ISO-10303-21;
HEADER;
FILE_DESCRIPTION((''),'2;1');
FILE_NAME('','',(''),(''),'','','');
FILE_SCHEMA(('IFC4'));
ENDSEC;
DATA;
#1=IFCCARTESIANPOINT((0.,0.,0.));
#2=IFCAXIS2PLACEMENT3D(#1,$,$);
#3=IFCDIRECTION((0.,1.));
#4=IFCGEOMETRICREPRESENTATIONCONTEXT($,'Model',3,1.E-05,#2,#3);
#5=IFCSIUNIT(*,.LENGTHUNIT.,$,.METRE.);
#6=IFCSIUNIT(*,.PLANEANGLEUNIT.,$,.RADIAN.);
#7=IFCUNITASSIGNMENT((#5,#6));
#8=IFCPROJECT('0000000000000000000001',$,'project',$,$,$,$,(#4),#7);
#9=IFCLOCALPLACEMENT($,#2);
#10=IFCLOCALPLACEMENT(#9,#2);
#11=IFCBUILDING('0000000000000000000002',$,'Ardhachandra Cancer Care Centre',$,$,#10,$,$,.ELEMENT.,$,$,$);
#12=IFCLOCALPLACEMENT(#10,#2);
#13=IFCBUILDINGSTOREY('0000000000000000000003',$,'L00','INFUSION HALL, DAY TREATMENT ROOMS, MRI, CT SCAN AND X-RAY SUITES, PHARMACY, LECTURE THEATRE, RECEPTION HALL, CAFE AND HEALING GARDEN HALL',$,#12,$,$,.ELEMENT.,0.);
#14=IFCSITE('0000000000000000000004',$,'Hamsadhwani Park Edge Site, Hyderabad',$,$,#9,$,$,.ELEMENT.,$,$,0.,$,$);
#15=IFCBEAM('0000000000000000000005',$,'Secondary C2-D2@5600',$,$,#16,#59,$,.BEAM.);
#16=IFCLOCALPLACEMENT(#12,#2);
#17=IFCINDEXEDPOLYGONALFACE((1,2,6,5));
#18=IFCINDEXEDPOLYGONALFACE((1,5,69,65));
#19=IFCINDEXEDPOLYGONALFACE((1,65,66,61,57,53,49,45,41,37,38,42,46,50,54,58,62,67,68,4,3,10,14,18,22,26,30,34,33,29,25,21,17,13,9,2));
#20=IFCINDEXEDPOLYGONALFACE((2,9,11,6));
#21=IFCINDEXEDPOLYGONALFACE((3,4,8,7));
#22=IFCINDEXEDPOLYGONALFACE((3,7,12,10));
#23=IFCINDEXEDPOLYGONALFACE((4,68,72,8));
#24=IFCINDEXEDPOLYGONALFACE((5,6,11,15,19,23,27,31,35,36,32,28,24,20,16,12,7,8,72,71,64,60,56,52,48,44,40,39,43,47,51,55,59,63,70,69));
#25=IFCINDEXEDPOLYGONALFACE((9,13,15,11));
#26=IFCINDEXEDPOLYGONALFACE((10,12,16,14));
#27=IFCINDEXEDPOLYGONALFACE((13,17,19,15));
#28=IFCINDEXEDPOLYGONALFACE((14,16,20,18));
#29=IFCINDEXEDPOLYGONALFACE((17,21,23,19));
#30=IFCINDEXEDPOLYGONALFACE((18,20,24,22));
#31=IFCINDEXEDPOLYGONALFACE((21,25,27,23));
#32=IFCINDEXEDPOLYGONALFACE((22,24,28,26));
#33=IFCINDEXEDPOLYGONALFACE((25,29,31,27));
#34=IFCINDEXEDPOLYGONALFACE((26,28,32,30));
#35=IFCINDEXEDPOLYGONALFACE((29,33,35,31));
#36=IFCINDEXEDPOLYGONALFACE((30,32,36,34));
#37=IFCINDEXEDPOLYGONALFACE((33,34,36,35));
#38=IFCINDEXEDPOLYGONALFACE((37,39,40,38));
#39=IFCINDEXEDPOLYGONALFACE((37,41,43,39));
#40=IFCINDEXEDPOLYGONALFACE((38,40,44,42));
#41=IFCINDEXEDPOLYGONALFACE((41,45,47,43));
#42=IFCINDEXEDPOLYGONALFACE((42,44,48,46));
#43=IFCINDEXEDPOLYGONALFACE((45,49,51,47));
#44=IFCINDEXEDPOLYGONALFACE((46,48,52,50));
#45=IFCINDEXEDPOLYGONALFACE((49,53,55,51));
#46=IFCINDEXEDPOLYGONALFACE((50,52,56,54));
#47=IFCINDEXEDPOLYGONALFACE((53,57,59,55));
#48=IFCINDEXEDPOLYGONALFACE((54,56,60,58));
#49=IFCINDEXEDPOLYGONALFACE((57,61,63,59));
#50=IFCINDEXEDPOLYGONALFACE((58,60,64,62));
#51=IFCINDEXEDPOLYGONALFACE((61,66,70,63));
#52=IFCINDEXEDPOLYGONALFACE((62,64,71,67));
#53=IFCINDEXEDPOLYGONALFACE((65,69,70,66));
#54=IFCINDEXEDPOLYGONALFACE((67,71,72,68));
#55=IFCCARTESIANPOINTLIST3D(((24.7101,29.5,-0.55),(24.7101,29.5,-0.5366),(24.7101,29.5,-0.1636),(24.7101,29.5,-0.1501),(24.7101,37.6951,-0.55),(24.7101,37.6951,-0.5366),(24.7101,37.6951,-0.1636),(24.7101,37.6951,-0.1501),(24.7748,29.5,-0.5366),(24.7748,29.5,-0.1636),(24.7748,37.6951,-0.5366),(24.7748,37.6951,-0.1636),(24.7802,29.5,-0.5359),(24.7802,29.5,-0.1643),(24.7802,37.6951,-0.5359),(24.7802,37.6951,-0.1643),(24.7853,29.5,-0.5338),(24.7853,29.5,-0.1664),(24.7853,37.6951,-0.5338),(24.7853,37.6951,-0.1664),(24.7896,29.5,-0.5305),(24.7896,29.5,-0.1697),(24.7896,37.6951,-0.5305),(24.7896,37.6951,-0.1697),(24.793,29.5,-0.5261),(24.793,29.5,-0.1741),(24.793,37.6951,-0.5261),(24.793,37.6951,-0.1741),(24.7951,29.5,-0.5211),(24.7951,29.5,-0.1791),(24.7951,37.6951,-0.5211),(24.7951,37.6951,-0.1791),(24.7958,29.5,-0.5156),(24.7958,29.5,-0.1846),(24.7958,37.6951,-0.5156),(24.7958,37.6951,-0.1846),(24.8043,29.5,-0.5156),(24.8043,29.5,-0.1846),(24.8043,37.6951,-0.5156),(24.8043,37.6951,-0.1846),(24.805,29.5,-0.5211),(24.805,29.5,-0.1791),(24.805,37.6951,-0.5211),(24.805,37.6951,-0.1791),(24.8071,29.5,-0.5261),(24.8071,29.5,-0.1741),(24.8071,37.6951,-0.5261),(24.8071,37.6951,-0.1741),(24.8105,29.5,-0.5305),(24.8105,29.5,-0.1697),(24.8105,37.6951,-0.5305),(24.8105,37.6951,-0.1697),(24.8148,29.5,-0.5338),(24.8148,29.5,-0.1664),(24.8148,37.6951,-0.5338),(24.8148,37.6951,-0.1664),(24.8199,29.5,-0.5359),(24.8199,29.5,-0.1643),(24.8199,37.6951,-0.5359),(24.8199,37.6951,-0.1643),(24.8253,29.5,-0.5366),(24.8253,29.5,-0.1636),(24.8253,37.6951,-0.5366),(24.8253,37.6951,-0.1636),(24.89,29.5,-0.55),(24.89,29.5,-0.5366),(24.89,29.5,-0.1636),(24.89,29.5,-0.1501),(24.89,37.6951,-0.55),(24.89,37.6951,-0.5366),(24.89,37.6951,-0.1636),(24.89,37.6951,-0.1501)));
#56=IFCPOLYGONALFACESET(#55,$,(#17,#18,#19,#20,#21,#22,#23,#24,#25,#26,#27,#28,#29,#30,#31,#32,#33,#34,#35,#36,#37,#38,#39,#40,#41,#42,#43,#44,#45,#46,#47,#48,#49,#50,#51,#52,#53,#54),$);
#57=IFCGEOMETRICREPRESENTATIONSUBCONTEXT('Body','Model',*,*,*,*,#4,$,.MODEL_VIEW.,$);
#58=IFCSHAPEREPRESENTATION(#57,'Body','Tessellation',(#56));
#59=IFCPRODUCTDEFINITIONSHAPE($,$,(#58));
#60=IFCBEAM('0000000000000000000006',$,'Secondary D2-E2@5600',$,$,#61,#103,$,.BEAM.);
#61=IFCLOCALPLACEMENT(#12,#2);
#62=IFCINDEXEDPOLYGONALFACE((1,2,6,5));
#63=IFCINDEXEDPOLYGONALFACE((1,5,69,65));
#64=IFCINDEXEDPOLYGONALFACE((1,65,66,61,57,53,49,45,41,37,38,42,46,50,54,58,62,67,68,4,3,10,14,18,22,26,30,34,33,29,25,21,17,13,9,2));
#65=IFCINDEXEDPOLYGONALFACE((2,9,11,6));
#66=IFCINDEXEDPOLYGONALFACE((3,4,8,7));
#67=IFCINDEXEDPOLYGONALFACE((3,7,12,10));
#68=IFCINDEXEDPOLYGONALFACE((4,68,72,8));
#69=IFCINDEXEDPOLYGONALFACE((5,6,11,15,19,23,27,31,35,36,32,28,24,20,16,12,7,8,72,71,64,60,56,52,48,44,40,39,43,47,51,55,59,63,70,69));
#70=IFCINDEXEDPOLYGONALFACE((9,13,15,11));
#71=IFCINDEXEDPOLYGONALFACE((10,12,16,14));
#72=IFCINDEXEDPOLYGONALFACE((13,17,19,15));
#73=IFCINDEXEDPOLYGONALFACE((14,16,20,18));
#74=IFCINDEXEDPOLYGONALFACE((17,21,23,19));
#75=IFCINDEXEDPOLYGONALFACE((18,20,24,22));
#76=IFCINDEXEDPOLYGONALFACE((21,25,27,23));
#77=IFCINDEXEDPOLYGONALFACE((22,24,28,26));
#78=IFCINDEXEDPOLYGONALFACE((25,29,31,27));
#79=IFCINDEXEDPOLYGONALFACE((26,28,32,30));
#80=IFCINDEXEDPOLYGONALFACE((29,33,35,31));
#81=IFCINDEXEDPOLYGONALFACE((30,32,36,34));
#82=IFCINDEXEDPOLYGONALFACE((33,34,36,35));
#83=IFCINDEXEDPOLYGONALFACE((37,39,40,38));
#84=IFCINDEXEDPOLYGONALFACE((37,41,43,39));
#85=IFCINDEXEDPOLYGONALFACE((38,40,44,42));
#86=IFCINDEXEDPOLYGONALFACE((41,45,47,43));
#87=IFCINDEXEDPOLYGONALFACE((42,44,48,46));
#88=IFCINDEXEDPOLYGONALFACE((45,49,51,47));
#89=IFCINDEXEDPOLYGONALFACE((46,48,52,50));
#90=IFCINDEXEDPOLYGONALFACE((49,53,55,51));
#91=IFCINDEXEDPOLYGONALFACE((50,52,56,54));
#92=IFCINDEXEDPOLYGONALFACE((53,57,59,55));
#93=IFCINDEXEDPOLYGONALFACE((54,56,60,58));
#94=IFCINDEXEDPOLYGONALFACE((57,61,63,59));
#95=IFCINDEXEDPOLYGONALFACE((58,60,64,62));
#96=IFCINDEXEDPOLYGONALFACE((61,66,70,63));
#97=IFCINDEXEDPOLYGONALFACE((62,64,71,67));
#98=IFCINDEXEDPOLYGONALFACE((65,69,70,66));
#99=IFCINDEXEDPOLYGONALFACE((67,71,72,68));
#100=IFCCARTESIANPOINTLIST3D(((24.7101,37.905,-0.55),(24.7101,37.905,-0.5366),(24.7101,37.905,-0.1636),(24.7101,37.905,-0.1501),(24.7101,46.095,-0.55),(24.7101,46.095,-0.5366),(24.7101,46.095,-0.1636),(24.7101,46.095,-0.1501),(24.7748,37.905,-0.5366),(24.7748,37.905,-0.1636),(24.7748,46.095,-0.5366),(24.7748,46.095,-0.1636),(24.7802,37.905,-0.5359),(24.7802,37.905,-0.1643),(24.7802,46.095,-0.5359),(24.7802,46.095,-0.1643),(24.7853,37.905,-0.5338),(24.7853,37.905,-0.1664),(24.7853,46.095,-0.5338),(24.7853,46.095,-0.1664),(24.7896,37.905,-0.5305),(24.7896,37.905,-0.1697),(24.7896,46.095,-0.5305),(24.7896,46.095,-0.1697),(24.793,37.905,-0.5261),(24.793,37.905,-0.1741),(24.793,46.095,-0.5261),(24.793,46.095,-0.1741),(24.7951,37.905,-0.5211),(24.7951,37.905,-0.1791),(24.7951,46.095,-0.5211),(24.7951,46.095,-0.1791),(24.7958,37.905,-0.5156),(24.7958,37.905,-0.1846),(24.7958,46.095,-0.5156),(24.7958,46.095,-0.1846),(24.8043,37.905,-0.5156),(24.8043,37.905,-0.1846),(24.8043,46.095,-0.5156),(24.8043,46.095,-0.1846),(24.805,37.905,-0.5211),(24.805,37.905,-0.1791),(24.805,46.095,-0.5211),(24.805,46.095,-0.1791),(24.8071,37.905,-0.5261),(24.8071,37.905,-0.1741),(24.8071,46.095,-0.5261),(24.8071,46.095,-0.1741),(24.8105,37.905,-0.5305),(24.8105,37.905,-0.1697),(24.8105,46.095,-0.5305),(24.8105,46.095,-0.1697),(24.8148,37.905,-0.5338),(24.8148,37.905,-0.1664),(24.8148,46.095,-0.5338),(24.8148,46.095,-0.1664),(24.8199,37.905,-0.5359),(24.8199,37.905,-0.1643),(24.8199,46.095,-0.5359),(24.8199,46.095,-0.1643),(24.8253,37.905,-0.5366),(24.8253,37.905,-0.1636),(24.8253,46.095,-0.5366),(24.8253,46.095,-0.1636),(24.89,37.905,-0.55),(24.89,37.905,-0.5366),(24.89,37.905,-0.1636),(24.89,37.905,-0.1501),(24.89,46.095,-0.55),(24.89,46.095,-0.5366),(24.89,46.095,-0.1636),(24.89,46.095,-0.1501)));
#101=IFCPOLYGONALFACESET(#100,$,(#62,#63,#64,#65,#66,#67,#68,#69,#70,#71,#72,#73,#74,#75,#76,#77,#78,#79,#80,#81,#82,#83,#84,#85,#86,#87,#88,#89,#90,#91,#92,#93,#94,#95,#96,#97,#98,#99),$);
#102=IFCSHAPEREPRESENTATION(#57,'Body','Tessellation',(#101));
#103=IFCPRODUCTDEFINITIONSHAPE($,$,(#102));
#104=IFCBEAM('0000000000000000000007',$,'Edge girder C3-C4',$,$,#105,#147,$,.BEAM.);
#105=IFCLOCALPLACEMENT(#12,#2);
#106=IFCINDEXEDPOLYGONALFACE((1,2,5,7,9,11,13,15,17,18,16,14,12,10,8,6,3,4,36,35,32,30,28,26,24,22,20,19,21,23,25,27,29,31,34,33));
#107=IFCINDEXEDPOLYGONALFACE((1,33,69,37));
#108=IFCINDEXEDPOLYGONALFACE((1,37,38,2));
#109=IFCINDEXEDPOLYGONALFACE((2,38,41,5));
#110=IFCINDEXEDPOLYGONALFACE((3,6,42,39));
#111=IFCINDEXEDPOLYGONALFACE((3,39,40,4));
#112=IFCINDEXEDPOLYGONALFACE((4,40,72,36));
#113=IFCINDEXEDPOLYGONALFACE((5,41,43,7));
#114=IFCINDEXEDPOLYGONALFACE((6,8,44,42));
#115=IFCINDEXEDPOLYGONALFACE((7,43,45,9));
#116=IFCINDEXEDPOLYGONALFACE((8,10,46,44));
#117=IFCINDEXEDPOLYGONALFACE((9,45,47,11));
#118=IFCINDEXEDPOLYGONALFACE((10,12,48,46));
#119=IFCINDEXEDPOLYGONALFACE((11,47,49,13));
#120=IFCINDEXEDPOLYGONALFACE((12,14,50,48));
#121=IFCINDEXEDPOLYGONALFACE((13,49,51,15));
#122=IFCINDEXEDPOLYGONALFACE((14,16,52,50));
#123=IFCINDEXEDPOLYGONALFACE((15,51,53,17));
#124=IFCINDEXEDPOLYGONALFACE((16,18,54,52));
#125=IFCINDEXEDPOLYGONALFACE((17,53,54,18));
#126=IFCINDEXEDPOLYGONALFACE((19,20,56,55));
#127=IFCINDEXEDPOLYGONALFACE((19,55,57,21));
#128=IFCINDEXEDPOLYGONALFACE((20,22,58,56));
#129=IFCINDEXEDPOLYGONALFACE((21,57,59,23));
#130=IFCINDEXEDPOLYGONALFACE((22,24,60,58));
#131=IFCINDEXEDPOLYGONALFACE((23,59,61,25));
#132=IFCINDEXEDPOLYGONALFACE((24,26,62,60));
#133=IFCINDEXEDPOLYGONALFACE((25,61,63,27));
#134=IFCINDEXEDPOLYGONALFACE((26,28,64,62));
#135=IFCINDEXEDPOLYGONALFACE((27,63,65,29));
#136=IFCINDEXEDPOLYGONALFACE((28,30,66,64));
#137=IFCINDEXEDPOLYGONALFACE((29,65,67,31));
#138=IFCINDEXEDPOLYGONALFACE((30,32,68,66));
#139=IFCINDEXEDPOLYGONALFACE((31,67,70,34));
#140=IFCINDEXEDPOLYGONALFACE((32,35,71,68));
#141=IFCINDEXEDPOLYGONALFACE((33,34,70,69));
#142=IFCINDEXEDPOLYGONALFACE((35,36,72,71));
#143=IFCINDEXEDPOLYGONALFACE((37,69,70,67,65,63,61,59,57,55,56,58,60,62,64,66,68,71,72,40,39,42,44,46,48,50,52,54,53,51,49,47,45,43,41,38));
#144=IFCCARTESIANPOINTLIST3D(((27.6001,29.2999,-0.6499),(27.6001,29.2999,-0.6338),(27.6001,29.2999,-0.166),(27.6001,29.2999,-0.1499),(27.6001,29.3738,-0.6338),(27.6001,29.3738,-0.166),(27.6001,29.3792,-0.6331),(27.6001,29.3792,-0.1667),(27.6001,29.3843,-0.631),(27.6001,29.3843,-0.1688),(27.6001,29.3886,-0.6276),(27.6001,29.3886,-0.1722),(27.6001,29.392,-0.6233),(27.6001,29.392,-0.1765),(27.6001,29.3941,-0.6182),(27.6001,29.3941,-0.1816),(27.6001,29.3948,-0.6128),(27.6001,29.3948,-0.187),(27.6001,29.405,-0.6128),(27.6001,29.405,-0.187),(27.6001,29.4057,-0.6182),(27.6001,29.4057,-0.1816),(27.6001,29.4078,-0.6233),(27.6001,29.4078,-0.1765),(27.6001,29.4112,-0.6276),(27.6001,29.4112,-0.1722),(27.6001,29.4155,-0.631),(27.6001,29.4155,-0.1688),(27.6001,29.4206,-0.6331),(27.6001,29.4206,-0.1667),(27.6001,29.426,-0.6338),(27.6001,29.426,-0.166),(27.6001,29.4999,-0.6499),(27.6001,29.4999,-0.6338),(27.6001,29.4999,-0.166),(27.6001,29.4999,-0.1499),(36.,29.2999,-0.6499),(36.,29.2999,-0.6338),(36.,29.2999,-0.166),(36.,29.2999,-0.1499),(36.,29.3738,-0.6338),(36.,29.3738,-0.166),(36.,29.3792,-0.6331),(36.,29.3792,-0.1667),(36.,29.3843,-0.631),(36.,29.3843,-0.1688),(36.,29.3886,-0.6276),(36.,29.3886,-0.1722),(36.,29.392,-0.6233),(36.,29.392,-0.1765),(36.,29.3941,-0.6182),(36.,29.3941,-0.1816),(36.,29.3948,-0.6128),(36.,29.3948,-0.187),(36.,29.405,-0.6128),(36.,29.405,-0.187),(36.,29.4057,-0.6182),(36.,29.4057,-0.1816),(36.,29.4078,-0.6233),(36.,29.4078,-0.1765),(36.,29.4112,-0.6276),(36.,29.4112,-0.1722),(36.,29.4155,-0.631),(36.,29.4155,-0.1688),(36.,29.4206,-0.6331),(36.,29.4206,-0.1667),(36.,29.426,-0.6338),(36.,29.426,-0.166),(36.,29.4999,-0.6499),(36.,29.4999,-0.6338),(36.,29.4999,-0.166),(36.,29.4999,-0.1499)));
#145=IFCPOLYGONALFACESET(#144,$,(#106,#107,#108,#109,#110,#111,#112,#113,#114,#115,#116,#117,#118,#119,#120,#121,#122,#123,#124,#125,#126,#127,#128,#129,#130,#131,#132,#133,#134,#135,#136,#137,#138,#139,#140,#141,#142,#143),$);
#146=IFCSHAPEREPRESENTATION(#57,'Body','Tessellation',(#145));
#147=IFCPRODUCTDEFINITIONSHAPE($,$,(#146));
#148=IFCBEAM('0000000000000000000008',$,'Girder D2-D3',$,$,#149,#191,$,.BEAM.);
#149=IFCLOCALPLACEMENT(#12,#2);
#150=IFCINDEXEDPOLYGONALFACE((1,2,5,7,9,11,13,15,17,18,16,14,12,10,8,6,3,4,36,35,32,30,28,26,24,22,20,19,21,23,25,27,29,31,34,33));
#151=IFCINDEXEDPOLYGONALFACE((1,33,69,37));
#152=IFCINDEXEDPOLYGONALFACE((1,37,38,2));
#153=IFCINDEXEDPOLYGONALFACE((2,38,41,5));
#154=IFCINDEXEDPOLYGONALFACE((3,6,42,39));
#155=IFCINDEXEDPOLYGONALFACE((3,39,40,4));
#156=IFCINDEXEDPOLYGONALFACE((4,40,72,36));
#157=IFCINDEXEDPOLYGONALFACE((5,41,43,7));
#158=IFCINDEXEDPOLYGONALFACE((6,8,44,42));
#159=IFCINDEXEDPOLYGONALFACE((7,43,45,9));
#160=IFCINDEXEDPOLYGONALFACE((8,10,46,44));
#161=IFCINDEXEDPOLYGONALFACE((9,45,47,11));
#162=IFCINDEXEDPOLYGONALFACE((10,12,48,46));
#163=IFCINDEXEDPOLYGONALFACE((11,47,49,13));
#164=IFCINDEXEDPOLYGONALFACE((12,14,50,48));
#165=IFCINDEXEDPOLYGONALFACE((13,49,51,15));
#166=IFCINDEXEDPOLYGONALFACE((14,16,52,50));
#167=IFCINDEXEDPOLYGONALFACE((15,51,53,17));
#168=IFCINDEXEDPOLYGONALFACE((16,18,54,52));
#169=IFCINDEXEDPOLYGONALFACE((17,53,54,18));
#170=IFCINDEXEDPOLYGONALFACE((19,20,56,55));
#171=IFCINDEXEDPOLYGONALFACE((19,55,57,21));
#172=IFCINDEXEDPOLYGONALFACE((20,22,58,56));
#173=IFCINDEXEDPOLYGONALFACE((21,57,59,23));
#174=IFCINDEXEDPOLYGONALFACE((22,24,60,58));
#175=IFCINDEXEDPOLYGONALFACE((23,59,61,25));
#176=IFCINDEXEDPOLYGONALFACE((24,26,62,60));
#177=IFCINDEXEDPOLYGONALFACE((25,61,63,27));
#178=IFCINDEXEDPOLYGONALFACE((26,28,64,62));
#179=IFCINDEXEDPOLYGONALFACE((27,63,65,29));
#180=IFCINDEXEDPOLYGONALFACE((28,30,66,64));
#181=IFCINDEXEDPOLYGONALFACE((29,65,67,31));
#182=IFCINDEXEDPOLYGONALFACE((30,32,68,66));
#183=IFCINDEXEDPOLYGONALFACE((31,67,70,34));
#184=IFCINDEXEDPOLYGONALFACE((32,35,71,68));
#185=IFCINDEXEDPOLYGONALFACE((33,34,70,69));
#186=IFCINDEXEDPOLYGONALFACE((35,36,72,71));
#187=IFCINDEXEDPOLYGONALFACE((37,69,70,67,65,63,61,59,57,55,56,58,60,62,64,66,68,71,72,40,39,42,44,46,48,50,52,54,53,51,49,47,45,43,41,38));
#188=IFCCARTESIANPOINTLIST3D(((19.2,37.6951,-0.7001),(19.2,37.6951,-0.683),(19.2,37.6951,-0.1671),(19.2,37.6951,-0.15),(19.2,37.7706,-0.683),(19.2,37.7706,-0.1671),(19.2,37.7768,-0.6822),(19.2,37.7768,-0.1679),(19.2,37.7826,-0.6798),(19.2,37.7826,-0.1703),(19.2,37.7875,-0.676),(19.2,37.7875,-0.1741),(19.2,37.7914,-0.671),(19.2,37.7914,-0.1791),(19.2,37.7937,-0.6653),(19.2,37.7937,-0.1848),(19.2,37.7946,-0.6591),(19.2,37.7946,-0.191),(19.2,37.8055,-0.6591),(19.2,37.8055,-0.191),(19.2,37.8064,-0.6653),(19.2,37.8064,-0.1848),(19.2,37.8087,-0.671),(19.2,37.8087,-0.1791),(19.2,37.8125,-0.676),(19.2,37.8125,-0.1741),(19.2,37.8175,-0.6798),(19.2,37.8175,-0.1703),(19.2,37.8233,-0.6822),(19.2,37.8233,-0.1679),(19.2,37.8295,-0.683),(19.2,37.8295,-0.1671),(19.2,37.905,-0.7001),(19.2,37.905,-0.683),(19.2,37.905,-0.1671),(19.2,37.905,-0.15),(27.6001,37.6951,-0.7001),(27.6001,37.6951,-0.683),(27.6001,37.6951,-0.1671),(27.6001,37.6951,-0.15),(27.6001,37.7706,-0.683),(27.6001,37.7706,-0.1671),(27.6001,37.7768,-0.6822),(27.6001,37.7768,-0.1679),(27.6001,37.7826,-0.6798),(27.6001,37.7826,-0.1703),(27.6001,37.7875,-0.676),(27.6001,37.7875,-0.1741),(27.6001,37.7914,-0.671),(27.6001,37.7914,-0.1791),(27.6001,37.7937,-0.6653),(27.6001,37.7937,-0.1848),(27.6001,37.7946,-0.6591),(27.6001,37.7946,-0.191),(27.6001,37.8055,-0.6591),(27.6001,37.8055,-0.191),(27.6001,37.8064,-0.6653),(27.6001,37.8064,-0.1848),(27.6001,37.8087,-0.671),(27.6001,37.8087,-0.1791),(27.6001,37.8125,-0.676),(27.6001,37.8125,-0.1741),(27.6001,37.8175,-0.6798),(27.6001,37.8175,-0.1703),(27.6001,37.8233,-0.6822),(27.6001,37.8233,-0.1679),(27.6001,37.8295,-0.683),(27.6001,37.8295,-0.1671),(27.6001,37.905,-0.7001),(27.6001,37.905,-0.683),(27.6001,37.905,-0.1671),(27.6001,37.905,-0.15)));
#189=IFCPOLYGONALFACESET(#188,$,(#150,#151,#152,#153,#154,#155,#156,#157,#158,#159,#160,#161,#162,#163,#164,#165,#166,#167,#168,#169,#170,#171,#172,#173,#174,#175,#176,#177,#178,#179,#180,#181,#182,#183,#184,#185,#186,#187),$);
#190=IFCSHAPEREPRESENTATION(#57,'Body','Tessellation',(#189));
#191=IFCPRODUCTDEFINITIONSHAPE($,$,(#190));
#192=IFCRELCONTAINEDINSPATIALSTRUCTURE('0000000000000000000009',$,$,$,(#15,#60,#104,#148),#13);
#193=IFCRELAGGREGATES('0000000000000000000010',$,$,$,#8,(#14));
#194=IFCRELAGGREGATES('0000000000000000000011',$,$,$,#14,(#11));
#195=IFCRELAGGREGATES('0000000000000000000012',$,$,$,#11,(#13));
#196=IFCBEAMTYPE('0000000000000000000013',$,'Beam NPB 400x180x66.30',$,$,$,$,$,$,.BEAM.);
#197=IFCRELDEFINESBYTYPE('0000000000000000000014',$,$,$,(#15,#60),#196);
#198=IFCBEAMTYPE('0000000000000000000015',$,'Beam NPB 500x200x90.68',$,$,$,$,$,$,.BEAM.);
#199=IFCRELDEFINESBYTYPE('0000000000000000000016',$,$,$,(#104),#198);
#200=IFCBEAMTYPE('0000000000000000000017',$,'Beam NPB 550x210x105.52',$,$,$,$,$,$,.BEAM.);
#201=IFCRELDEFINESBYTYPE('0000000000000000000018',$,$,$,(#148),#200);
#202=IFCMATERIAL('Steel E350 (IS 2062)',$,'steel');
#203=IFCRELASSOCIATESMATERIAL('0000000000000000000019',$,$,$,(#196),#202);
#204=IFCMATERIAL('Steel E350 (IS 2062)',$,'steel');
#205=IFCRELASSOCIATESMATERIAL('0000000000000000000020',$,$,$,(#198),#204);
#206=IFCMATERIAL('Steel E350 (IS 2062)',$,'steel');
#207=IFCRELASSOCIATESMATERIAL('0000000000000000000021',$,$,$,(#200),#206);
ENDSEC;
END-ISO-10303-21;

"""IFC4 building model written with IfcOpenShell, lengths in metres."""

from ifc_helpers import new_model, si_unit, direction, frame, origin, origin_2d, place, context, subcontext, project, spatial, i_section, extrude, material, material_profile, profile_set, type_object, element, save


model = new_model("IFC4")

# Units and contexts
model_context = context("Model", 3, precision=1e-05, world=origin(), true_north=direction((0.0, 1.0)))
body_context = subcontext(model_context, "Body", "Model", "MODEL_VIEW")
ifc_project = project(units=[si_unit("LENGTHUNIT", "METRE"), si_unit("PLANEANGLEUNIT", "RADIAN")], contexts=[model_context])

# Site, building, storey
site_placement = place(None, origin())
site = spatial("IfcSite", under=ifc_project, at=site_placement, Name="Hamsadhwani Park Edge Site, Hyderabad", CompositionType="ELEMENT", RefElevation=0.0)
building_placement = place(site_placement, origin())
building = spatial("IfcBuilding", under=site, at=building_placement, Name="Ardhachandra Cancer Care Centre", CompositionType="ELEMENT")
storey_placement = place(building_placement, origin())
storey = spatial("IfcBuildingStorey", under=building, at=storey_placement, Name="L00", Description="INFUSION HALL, DAY TREATMENT ROOMS, MRI, CT SCAN AND X-RAY SUITES, PHARMACY, LECTURE THEATRE, RECEPTION HALL, CAFE AND HEALING GARDEN HALL", CompositionType="ELEMENT", Elevation=0.0)

# Beams
ifc_material_1 = material(Name="Steel E350 (IS 2062)", Category="steel")
ifc_material_profile_1 = material_profile(ifc_material_1, i_section(OverallWidth=0.1799, OverallDepth=0.3999, WebThickness=0.0085, FlangeThickness=0.0134, FilletRadius=0.021, at=origin_2d()), Name="NPB 400x180x66.30")
ifc_profile_set_1 = profile_set([ifc_material_profile_1], Name="Steel E350 (IS 2062)")
beam_type_1 = type_object("IfcBeamType", Name="Beam NPB 400x180x66.30", PredefinedType="BEAM", material=ifc_profile_set_1)
beam_1_placement = place(storey_placement, frame((24.8, 29.5, -0.3501), z_axis=(0.0, 1.0, 0.0), x_axis=(-1.0, 0.0, 0.0)))
element("IfcBeam", 1, at=beam_1_placement, inside=storey, type_object=beam_type_1, Name="Secondary C2-D2@5600", PredefinedType="BEAM", context=body_context, shape_type="SweptSolid", body=[
    extrude(i_section(OverallWidth=0.1799, OverallDepth=0.3999, WebThickness=0.0085, FlangeThickness=0.0134, FilletRadius=0.021, at=origin_2d()), origin(), (0.0, 0.0, 1.0), 8.1951),
])
beam_2_placement = place(storey_placement, frame((24.8, 37.905, -0.3501), z_axis=(0.0, 1.0, 0.0), x_axis=(-1.0, 0.0, 0.0)))
element("IfcBeam", 2, at=beam_2_placement, inside=storey, type_object=beam_type_1, Name="Secondary D2-E2@5600", PredefinedType="BEAM", context=body_context, shape_type="SweptSolid", body=[
    extrude(i_section(OverallWidth=0.1799, OverallDepth=0.3999, WebThickness=0.0085, FlangeThickness=0.0134, FilletRadius=0.021, at=origin_2d()), origin(), (0.0, 0.0, 1.0), 8.1899),
])
ifc_material_2 = material(Name="Steel E350 (IS 2062)", Category="steel")
ifc_material_profile_2 = material_profile(ifc_material_2, i_section(OverallWidth=0.2, OverallDepth=0.5, WebThickness=0.0103, FlangeThickness=0.0161, FilletRadius=0.021, at=origin_2d()), Name="NPB 500x200x90.68")
ifc_profile_set_2 = profile_set([ifc_material_profile_2], Name="Steel E350 (IS 2062)")
beam_type_2 = type_object("IfcBeamType", Name="Beam NPB 500x200x90.68", PredefinedType="BEAM", material=ifc_profile_set_2)
beam_3_placement = place(storey_placement, frame((27.6001, 29.3999, -0.3999), z_axis=(1.0, 0.0, 0.0), x_axis=(0.0, 1.0, 0.0)))
element("IfcBeam", 3, at=beam_3_placement, inside=storey, type_object=beam_type_2, Name="Edge girder C3-C4", PredefinedType="BEAM", context=body_context, shape_type="SweptSolid", body=[
    extrude(i_section(OverallWidth=0.2, OverallDepth=0.5, WebThickness=0.0103, FlangeThickness=0.0161, FilletRadius=0.021, at=origin_2d()), origin(), (0.0, 0.0, 1.0), 8.3999),
])
ifc_material_3 = material(Name="Steel E350 (IS 2062)", Category="steel")
ifc_material_profile_3 = material_profile(ifc_material_3, i_section(OverallWidth=0.21, OverallDepth=0.55, WebThickness=0.011, FlangeThickness=0.0171, FilletRadius=0.0239, at=origin_2d()), Name="NPB 550x210x105.52")
ifc_profile_set_3 = profile_set([ifc_material_profile_3], Name="Steel E350 (IS 2062)")
beam_type_3 = type_object("IfcBeamType", Name="Beam NPB 550x210x105.52", PredefinedType="BEAM", material=ifc_profile_set_3)
beam_4_placement = place(storey_placement, frame((19.2, 37.8, -0.425), z_axis=(1.0, 0.0, 0.0), x_axis=(0.0, 1.0, 0.0)))
element("IfcBeam", 4, at=beam_4_placement, inside=storey, type_object=beam_type_3, Name="Girder D2-D3", PredefinedType="BEAM", context=body_context, shape_type="SweptSolid", body=[
    extrude(i_section(OverallWidth=0.21, OverallDepth=0.55, WebThickness=0.011, FlangeThickness=0.0171, FilletRadius=0.0239, at=origin_2d()), origin(), (0.0, 0.0, 1.0), 8.4001),
])

save(model, "model.ifc")
